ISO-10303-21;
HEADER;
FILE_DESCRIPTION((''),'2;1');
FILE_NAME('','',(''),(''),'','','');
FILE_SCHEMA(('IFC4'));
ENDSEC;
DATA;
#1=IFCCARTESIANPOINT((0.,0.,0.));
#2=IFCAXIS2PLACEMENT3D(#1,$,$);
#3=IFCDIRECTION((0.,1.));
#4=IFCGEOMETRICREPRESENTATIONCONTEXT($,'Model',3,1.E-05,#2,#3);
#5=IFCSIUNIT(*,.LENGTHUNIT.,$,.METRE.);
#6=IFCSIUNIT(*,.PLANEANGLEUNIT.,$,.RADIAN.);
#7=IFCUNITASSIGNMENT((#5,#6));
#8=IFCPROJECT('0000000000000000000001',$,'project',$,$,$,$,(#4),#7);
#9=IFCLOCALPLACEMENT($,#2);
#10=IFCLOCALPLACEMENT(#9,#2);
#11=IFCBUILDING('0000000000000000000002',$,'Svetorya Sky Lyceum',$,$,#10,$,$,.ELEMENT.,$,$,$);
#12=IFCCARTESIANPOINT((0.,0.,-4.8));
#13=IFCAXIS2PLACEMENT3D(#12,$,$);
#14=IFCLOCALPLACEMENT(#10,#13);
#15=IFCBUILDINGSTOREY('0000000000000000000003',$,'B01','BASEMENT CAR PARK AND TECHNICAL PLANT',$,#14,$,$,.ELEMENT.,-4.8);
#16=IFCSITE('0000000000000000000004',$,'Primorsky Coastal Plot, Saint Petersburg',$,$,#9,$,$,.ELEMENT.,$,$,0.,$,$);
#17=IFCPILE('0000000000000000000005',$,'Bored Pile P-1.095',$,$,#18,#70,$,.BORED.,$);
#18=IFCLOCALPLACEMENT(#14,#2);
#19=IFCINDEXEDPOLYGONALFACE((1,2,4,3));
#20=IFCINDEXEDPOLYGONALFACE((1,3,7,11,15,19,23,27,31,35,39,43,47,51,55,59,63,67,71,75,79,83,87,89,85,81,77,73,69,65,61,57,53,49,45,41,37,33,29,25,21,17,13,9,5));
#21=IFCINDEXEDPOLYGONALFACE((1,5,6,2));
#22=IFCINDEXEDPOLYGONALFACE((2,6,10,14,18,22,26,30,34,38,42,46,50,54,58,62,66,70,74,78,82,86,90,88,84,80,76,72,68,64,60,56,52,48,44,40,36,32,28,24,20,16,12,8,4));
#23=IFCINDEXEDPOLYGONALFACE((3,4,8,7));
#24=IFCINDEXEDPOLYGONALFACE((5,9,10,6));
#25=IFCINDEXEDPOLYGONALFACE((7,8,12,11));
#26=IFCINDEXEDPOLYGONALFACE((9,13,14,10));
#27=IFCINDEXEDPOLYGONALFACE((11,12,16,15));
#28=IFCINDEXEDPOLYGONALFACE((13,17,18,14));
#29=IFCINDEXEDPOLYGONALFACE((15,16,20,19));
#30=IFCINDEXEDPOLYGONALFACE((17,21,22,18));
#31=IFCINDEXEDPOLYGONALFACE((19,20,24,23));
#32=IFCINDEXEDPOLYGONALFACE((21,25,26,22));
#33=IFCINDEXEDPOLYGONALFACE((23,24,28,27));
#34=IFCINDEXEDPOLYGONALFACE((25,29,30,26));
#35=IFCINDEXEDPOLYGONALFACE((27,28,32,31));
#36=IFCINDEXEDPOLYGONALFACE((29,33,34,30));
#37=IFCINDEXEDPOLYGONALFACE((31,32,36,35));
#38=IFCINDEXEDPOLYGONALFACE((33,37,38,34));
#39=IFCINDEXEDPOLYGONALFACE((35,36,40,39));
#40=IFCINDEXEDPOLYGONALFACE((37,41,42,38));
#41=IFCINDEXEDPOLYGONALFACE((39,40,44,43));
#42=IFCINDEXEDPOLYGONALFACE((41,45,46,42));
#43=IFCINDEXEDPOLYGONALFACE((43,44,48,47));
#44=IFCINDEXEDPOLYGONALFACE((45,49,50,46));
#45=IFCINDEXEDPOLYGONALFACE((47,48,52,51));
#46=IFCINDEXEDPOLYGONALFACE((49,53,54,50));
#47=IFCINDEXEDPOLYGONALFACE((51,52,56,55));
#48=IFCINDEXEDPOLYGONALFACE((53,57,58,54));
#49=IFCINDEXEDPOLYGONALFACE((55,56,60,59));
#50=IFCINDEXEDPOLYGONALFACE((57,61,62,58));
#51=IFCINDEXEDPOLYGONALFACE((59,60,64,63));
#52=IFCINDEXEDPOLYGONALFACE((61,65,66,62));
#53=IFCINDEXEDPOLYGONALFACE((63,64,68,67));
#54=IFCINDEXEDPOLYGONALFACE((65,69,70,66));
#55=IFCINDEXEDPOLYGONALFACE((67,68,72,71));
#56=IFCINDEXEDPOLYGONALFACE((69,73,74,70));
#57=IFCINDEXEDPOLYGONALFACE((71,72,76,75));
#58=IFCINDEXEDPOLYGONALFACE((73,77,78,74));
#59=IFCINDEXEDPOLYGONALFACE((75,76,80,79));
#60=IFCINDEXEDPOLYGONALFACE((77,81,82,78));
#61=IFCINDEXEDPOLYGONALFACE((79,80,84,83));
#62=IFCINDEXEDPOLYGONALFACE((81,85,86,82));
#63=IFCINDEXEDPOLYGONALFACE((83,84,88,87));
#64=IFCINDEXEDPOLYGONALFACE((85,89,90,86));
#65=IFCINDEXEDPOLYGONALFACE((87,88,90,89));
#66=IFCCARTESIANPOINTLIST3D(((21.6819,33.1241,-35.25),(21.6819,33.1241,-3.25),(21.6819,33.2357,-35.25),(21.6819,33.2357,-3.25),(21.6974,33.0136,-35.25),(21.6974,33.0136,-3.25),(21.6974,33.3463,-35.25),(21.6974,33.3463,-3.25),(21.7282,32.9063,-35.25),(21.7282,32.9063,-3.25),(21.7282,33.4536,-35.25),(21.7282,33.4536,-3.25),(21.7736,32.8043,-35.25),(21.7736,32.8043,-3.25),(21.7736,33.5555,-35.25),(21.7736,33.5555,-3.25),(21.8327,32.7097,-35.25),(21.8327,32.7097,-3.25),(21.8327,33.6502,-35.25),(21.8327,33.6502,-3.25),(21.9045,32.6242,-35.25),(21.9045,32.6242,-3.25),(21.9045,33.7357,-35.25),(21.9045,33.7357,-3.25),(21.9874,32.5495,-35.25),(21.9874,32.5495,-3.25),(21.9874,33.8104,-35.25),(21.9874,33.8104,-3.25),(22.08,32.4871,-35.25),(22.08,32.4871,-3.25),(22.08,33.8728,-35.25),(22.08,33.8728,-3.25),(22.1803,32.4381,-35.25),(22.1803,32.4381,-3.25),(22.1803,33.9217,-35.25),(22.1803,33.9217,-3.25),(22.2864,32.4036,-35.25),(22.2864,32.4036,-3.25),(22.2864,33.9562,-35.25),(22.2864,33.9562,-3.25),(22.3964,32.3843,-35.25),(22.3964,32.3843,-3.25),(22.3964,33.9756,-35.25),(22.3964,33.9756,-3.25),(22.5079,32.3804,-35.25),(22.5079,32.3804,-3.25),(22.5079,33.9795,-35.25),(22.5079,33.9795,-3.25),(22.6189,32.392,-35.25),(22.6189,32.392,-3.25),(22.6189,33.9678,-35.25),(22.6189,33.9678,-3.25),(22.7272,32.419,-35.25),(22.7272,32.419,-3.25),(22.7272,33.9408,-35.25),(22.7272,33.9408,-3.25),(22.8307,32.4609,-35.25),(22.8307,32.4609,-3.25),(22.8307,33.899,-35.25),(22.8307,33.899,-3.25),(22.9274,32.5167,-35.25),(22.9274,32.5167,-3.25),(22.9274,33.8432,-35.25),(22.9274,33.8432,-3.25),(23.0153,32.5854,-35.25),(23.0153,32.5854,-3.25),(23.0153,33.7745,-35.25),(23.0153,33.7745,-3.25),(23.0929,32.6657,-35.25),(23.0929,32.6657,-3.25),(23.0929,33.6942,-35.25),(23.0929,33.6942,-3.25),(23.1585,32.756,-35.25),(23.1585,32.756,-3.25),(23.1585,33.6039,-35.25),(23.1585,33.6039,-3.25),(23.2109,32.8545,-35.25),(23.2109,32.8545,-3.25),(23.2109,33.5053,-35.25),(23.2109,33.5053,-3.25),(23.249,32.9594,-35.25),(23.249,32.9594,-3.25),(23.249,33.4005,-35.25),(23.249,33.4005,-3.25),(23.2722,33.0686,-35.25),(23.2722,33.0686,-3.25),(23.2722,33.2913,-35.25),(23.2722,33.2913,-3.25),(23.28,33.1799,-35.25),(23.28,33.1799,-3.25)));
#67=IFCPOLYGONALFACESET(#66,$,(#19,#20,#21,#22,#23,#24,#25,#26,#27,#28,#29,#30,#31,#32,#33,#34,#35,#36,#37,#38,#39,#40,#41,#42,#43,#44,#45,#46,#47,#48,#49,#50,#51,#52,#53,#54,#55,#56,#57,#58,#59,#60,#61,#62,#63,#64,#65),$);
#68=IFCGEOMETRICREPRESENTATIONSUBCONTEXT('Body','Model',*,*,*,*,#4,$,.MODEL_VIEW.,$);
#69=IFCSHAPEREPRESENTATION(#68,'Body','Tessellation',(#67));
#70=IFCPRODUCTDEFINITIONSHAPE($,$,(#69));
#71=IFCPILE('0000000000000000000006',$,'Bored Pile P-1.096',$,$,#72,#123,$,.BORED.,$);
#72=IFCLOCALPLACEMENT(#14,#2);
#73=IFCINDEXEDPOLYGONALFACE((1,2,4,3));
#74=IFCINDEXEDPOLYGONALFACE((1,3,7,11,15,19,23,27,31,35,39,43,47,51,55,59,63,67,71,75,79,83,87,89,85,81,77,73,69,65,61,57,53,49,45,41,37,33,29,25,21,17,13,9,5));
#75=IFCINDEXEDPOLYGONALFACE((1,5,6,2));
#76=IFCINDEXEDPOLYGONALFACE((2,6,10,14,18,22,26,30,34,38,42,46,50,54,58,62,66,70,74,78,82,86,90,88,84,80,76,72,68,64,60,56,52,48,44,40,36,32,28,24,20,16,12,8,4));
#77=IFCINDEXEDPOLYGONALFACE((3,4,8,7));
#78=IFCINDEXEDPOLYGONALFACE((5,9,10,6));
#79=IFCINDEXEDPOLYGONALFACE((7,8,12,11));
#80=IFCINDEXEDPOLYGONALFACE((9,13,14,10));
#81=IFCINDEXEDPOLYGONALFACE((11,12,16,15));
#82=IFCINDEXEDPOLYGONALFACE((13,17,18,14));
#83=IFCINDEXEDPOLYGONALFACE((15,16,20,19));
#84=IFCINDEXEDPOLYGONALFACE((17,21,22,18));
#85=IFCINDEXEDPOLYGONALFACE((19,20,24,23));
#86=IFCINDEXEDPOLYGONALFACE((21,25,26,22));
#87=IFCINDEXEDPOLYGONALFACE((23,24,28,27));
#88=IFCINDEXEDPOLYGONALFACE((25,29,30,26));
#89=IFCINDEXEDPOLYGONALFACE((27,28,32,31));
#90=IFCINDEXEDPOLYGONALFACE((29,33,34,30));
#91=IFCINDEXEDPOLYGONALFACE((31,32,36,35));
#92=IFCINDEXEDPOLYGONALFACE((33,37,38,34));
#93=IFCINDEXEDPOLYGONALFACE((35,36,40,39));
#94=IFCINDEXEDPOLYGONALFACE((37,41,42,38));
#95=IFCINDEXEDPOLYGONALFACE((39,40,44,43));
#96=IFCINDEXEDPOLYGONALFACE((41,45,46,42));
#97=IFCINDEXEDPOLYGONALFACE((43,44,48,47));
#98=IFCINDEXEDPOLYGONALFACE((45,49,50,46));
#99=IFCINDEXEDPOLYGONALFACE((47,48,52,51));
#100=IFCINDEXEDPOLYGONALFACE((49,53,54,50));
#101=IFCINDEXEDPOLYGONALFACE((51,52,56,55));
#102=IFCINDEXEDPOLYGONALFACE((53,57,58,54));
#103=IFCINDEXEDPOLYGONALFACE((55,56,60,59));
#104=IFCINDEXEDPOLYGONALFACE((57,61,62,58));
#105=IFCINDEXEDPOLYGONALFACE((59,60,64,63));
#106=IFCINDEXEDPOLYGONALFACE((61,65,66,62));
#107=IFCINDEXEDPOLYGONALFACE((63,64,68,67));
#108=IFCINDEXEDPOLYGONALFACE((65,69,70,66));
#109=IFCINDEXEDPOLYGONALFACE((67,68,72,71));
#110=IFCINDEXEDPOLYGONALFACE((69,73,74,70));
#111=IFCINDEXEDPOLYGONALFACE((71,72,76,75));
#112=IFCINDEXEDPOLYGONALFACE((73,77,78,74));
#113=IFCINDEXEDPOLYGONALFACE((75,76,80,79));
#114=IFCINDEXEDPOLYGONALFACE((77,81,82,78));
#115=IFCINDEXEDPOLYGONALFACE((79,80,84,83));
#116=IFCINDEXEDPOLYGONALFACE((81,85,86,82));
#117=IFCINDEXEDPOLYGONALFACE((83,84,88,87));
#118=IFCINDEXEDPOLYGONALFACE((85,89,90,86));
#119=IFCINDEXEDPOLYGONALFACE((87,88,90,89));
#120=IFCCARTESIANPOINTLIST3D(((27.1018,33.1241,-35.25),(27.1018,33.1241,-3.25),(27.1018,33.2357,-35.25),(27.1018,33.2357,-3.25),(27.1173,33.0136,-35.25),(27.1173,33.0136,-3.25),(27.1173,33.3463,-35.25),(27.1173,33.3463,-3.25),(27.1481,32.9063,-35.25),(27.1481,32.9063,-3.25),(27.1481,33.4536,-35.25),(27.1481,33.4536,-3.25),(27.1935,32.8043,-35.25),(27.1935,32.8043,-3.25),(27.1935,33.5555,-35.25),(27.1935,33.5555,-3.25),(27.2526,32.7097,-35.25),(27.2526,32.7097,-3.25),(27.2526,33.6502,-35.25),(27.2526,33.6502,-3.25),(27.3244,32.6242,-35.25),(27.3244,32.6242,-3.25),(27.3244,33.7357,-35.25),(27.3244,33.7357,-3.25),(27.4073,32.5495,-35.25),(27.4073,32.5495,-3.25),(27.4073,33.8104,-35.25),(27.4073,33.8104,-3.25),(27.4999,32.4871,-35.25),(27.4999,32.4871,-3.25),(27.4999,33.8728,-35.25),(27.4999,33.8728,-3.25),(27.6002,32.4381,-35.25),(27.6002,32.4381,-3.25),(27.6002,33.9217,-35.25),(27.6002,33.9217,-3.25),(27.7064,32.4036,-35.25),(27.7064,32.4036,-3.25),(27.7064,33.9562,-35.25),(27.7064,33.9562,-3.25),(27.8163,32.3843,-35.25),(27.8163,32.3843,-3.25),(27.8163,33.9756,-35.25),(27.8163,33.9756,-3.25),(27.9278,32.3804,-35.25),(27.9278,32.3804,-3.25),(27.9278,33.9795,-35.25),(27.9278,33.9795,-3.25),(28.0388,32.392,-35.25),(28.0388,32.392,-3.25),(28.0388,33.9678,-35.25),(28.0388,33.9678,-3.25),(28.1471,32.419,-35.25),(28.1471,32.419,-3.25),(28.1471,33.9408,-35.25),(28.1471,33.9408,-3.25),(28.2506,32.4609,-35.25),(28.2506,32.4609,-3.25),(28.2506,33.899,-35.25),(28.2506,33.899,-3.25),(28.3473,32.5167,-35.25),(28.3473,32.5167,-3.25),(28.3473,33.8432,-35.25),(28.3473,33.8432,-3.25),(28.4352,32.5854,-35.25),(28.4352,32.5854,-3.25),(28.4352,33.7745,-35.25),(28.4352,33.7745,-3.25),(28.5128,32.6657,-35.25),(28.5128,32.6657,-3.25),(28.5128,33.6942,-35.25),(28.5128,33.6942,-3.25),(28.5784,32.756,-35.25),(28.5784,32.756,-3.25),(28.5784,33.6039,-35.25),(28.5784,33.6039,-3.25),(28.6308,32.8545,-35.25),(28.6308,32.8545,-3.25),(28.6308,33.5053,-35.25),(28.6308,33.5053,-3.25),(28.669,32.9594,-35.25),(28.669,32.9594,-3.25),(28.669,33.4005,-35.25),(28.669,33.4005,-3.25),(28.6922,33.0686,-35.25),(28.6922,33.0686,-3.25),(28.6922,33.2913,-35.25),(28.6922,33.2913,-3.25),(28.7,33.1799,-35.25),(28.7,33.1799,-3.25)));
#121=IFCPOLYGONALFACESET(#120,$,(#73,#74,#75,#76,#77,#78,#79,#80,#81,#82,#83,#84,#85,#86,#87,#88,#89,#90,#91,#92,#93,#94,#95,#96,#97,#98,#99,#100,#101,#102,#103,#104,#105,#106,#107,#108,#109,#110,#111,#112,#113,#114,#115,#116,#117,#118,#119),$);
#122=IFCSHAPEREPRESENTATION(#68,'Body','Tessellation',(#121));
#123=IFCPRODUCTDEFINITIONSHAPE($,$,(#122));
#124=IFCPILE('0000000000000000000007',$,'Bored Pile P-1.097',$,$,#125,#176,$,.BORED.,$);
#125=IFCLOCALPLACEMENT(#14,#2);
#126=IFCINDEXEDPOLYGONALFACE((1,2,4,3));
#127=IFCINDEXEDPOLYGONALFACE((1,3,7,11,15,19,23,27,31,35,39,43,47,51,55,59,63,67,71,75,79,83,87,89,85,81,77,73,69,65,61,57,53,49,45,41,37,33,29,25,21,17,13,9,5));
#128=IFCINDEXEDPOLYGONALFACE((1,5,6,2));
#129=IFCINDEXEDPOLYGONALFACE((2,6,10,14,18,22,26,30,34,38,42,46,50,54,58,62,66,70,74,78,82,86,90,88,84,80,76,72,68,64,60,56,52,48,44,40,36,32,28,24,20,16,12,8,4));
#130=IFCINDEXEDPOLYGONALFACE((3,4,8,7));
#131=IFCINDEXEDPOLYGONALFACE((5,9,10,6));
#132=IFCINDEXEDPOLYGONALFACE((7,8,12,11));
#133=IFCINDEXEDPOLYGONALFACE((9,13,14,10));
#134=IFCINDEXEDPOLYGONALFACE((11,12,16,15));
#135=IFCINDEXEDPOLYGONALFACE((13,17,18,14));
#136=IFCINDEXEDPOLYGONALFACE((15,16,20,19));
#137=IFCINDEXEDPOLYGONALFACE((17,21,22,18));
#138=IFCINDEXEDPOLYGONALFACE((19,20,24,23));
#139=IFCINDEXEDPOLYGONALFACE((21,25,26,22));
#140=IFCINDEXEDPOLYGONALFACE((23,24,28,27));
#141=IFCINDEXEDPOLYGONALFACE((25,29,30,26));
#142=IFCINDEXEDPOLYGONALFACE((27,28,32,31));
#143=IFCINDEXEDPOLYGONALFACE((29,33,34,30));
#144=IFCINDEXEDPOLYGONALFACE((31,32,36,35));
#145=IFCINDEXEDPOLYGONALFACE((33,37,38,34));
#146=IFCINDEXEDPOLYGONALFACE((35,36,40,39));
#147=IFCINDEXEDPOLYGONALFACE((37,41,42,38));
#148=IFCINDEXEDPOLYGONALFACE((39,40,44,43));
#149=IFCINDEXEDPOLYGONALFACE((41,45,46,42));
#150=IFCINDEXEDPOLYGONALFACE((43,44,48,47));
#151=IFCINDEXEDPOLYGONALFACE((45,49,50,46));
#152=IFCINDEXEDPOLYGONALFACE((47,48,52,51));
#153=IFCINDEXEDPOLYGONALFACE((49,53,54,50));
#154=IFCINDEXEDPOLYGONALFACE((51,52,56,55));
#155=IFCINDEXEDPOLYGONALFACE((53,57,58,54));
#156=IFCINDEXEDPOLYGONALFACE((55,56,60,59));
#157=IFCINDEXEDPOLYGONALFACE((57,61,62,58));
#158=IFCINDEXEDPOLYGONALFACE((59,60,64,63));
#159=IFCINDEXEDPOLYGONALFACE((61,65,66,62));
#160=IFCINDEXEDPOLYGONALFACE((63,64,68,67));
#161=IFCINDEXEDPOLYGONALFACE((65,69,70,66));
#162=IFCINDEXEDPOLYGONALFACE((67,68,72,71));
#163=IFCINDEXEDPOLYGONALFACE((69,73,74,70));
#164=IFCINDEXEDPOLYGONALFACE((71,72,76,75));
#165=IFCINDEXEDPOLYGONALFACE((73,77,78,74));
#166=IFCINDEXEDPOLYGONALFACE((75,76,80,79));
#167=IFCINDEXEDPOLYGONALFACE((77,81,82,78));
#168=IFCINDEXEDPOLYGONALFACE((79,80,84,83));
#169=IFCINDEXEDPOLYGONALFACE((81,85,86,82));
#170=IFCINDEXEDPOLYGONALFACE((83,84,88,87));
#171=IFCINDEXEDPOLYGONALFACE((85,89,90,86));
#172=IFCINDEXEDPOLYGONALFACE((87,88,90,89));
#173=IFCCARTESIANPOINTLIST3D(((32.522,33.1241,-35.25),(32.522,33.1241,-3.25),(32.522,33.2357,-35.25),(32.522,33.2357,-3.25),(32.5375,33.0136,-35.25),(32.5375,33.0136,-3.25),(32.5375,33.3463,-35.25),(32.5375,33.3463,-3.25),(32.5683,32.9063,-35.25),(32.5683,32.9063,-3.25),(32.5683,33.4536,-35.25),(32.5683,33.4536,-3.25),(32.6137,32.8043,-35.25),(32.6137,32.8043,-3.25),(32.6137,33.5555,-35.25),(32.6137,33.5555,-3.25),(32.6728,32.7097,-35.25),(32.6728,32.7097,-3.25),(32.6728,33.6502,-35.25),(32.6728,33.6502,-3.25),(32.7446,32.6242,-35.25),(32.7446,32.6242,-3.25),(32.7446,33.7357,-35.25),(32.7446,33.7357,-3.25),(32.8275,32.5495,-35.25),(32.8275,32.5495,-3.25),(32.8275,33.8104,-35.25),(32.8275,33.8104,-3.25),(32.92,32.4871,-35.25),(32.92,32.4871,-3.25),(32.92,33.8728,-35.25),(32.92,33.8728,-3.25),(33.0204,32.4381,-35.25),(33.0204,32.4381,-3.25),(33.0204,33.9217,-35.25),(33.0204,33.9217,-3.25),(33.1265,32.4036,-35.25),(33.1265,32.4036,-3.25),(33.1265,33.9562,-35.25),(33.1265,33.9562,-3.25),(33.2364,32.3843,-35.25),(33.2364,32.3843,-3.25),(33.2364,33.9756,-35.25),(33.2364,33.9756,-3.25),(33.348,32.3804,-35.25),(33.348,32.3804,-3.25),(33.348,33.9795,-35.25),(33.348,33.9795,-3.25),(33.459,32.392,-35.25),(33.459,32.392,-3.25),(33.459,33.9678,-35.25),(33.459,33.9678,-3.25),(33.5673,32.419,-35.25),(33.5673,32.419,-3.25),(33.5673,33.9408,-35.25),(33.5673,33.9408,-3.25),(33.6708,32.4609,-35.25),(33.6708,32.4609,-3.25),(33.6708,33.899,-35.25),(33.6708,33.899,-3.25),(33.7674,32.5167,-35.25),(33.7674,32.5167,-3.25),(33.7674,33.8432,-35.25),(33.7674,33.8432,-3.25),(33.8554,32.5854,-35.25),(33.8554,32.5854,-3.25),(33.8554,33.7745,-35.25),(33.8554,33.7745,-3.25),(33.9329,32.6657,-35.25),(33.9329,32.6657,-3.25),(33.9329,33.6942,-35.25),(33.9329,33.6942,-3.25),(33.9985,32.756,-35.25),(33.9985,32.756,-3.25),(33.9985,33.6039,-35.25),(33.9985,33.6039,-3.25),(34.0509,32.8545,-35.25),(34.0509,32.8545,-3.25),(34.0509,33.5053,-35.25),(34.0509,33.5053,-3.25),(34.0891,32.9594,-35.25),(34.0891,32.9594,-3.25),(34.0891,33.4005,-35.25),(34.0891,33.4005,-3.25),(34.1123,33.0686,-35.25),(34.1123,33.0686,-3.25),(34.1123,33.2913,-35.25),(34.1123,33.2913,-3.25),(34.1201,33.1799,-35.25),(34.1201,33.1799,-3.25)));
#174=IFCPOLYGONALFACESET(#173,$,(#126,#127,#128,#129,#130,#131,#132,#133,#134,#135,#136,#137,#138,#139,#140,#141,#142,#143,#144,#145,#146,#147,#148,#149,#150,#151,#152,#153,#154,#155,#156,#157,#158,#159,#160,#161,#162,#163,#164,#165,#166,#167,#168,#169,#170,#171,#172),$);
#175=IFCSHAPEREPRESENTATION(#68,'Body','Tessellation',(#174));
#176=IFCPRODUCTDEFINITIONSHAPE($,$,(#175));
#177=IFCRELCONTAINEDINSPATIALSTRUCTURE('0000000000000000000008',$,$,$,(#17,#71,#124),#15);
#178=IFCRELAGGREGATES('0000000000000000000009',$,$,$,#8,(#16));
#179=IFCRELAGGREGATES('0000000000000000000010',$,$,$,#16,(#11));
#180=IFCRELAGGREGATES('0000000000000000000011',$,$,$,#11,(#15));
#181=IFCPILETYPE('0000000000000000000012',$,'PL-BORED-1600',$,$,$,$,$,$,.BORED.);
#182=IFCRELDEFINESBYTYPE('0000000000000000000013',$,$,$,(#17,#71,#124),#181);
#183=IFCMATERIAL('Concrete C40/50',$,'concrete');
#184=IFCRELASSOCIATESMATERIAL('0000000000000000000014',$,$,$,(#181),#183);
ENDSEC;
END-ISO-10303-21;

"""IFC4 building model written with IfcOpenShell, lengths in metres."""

from ifc_helpers import new_model, si_unit, direction, frame, origin, origin_2d, place, context, subcontext, project, spatial, circle, extrude, material, material_profile, profile_set, type_object, element, save


model = new_model("IFC4")

# Units and contexts
model_context = context("Model", 3, precision=1e-05, world=origin(), true_north=direction((0.0, 1.0)))
body_context = subcontext(model_context, "Body", "Model", "MODEL_VIEW")
ifc_project = project(units=[si_unit("LENGTHUNIT", "METRE"), si_unit("PLANEANGLEUNIT", "RADIAN")], contexts=[model_context])

# Site, building, storey
site_placement = place(None, origin())
site = spatial("IfcSite", under=ifc_project, at=site_placement, Name="Primorsky Coastal Plot, Saint Petersburg", CompositionType="ELEMENT", RefElevation=0.0)
building_placement = place(site_placement, origin())
building = spatial("IfcBuilding", under=site, at=building_placement, Name="Svetorya Sky Lyceum", CompositionType="ELEMENT")
storey_placement = place(building_placement, frame((0.0, 0.0, -4.8)))
storey = spatial("IfcBuildingStorey", under=building, at=storey_placement, Name="B01", Description="BASEMENT CAR PARK AND TECHNICAL PLANT", CompositionType="ELEMENT", Elevation=-4.8)

# Piles
ifc_material_1 = material(Name="Concrete C40/50", Category="concrete")
ifc_material_profile_1 = material_profile(ifc_material_1, circle(Radius=0.8, at=origin_2d()), Name="RC PILE D1600")
ifc_profile_set_1 = profile_set([ifc_material_profile_1], Name="Concrete C40/50")
pile_type = type_object("IfcPileType", Name="PL-BORED-1600", PredefinedType="BORED", material=ifc_profile_set_1)
for number, where, z_axis, x_axis, name in (
    (1, (22.48, 33.1799, -3.25), (0.0, 0.0, -1.0), (1.0, 0.0, 0.0), "Bored Pile P-1.095"),
    (2, (27.8999, 33.1799, -3.25), (0.0, 0.0, -1.0), (1.0, 0.0, 0.0), "Bored Pile P-1.096"),
    (3, (33.3201, 33.1799, -3.25), (0.0, 0.0, -1.0), (1.0, 0.0, 0.0), "Bored Pile P-1.097"),
):
    element("IfcPile", number, at=place(storey_placement, frame(where, z_axis=z_axis, x_axis=x_axis)), inside=storey, type_object=pile_type, Name=name, PredefinedType="BORED", context=body_context, shape_type="SweptSolid", body=[
        extrude(circle(Radius=0.8, at=origin_2d()), origin(), (0.0, 0.0, 1.0), 32.0),
    ])

save(model, "model.ifc")
